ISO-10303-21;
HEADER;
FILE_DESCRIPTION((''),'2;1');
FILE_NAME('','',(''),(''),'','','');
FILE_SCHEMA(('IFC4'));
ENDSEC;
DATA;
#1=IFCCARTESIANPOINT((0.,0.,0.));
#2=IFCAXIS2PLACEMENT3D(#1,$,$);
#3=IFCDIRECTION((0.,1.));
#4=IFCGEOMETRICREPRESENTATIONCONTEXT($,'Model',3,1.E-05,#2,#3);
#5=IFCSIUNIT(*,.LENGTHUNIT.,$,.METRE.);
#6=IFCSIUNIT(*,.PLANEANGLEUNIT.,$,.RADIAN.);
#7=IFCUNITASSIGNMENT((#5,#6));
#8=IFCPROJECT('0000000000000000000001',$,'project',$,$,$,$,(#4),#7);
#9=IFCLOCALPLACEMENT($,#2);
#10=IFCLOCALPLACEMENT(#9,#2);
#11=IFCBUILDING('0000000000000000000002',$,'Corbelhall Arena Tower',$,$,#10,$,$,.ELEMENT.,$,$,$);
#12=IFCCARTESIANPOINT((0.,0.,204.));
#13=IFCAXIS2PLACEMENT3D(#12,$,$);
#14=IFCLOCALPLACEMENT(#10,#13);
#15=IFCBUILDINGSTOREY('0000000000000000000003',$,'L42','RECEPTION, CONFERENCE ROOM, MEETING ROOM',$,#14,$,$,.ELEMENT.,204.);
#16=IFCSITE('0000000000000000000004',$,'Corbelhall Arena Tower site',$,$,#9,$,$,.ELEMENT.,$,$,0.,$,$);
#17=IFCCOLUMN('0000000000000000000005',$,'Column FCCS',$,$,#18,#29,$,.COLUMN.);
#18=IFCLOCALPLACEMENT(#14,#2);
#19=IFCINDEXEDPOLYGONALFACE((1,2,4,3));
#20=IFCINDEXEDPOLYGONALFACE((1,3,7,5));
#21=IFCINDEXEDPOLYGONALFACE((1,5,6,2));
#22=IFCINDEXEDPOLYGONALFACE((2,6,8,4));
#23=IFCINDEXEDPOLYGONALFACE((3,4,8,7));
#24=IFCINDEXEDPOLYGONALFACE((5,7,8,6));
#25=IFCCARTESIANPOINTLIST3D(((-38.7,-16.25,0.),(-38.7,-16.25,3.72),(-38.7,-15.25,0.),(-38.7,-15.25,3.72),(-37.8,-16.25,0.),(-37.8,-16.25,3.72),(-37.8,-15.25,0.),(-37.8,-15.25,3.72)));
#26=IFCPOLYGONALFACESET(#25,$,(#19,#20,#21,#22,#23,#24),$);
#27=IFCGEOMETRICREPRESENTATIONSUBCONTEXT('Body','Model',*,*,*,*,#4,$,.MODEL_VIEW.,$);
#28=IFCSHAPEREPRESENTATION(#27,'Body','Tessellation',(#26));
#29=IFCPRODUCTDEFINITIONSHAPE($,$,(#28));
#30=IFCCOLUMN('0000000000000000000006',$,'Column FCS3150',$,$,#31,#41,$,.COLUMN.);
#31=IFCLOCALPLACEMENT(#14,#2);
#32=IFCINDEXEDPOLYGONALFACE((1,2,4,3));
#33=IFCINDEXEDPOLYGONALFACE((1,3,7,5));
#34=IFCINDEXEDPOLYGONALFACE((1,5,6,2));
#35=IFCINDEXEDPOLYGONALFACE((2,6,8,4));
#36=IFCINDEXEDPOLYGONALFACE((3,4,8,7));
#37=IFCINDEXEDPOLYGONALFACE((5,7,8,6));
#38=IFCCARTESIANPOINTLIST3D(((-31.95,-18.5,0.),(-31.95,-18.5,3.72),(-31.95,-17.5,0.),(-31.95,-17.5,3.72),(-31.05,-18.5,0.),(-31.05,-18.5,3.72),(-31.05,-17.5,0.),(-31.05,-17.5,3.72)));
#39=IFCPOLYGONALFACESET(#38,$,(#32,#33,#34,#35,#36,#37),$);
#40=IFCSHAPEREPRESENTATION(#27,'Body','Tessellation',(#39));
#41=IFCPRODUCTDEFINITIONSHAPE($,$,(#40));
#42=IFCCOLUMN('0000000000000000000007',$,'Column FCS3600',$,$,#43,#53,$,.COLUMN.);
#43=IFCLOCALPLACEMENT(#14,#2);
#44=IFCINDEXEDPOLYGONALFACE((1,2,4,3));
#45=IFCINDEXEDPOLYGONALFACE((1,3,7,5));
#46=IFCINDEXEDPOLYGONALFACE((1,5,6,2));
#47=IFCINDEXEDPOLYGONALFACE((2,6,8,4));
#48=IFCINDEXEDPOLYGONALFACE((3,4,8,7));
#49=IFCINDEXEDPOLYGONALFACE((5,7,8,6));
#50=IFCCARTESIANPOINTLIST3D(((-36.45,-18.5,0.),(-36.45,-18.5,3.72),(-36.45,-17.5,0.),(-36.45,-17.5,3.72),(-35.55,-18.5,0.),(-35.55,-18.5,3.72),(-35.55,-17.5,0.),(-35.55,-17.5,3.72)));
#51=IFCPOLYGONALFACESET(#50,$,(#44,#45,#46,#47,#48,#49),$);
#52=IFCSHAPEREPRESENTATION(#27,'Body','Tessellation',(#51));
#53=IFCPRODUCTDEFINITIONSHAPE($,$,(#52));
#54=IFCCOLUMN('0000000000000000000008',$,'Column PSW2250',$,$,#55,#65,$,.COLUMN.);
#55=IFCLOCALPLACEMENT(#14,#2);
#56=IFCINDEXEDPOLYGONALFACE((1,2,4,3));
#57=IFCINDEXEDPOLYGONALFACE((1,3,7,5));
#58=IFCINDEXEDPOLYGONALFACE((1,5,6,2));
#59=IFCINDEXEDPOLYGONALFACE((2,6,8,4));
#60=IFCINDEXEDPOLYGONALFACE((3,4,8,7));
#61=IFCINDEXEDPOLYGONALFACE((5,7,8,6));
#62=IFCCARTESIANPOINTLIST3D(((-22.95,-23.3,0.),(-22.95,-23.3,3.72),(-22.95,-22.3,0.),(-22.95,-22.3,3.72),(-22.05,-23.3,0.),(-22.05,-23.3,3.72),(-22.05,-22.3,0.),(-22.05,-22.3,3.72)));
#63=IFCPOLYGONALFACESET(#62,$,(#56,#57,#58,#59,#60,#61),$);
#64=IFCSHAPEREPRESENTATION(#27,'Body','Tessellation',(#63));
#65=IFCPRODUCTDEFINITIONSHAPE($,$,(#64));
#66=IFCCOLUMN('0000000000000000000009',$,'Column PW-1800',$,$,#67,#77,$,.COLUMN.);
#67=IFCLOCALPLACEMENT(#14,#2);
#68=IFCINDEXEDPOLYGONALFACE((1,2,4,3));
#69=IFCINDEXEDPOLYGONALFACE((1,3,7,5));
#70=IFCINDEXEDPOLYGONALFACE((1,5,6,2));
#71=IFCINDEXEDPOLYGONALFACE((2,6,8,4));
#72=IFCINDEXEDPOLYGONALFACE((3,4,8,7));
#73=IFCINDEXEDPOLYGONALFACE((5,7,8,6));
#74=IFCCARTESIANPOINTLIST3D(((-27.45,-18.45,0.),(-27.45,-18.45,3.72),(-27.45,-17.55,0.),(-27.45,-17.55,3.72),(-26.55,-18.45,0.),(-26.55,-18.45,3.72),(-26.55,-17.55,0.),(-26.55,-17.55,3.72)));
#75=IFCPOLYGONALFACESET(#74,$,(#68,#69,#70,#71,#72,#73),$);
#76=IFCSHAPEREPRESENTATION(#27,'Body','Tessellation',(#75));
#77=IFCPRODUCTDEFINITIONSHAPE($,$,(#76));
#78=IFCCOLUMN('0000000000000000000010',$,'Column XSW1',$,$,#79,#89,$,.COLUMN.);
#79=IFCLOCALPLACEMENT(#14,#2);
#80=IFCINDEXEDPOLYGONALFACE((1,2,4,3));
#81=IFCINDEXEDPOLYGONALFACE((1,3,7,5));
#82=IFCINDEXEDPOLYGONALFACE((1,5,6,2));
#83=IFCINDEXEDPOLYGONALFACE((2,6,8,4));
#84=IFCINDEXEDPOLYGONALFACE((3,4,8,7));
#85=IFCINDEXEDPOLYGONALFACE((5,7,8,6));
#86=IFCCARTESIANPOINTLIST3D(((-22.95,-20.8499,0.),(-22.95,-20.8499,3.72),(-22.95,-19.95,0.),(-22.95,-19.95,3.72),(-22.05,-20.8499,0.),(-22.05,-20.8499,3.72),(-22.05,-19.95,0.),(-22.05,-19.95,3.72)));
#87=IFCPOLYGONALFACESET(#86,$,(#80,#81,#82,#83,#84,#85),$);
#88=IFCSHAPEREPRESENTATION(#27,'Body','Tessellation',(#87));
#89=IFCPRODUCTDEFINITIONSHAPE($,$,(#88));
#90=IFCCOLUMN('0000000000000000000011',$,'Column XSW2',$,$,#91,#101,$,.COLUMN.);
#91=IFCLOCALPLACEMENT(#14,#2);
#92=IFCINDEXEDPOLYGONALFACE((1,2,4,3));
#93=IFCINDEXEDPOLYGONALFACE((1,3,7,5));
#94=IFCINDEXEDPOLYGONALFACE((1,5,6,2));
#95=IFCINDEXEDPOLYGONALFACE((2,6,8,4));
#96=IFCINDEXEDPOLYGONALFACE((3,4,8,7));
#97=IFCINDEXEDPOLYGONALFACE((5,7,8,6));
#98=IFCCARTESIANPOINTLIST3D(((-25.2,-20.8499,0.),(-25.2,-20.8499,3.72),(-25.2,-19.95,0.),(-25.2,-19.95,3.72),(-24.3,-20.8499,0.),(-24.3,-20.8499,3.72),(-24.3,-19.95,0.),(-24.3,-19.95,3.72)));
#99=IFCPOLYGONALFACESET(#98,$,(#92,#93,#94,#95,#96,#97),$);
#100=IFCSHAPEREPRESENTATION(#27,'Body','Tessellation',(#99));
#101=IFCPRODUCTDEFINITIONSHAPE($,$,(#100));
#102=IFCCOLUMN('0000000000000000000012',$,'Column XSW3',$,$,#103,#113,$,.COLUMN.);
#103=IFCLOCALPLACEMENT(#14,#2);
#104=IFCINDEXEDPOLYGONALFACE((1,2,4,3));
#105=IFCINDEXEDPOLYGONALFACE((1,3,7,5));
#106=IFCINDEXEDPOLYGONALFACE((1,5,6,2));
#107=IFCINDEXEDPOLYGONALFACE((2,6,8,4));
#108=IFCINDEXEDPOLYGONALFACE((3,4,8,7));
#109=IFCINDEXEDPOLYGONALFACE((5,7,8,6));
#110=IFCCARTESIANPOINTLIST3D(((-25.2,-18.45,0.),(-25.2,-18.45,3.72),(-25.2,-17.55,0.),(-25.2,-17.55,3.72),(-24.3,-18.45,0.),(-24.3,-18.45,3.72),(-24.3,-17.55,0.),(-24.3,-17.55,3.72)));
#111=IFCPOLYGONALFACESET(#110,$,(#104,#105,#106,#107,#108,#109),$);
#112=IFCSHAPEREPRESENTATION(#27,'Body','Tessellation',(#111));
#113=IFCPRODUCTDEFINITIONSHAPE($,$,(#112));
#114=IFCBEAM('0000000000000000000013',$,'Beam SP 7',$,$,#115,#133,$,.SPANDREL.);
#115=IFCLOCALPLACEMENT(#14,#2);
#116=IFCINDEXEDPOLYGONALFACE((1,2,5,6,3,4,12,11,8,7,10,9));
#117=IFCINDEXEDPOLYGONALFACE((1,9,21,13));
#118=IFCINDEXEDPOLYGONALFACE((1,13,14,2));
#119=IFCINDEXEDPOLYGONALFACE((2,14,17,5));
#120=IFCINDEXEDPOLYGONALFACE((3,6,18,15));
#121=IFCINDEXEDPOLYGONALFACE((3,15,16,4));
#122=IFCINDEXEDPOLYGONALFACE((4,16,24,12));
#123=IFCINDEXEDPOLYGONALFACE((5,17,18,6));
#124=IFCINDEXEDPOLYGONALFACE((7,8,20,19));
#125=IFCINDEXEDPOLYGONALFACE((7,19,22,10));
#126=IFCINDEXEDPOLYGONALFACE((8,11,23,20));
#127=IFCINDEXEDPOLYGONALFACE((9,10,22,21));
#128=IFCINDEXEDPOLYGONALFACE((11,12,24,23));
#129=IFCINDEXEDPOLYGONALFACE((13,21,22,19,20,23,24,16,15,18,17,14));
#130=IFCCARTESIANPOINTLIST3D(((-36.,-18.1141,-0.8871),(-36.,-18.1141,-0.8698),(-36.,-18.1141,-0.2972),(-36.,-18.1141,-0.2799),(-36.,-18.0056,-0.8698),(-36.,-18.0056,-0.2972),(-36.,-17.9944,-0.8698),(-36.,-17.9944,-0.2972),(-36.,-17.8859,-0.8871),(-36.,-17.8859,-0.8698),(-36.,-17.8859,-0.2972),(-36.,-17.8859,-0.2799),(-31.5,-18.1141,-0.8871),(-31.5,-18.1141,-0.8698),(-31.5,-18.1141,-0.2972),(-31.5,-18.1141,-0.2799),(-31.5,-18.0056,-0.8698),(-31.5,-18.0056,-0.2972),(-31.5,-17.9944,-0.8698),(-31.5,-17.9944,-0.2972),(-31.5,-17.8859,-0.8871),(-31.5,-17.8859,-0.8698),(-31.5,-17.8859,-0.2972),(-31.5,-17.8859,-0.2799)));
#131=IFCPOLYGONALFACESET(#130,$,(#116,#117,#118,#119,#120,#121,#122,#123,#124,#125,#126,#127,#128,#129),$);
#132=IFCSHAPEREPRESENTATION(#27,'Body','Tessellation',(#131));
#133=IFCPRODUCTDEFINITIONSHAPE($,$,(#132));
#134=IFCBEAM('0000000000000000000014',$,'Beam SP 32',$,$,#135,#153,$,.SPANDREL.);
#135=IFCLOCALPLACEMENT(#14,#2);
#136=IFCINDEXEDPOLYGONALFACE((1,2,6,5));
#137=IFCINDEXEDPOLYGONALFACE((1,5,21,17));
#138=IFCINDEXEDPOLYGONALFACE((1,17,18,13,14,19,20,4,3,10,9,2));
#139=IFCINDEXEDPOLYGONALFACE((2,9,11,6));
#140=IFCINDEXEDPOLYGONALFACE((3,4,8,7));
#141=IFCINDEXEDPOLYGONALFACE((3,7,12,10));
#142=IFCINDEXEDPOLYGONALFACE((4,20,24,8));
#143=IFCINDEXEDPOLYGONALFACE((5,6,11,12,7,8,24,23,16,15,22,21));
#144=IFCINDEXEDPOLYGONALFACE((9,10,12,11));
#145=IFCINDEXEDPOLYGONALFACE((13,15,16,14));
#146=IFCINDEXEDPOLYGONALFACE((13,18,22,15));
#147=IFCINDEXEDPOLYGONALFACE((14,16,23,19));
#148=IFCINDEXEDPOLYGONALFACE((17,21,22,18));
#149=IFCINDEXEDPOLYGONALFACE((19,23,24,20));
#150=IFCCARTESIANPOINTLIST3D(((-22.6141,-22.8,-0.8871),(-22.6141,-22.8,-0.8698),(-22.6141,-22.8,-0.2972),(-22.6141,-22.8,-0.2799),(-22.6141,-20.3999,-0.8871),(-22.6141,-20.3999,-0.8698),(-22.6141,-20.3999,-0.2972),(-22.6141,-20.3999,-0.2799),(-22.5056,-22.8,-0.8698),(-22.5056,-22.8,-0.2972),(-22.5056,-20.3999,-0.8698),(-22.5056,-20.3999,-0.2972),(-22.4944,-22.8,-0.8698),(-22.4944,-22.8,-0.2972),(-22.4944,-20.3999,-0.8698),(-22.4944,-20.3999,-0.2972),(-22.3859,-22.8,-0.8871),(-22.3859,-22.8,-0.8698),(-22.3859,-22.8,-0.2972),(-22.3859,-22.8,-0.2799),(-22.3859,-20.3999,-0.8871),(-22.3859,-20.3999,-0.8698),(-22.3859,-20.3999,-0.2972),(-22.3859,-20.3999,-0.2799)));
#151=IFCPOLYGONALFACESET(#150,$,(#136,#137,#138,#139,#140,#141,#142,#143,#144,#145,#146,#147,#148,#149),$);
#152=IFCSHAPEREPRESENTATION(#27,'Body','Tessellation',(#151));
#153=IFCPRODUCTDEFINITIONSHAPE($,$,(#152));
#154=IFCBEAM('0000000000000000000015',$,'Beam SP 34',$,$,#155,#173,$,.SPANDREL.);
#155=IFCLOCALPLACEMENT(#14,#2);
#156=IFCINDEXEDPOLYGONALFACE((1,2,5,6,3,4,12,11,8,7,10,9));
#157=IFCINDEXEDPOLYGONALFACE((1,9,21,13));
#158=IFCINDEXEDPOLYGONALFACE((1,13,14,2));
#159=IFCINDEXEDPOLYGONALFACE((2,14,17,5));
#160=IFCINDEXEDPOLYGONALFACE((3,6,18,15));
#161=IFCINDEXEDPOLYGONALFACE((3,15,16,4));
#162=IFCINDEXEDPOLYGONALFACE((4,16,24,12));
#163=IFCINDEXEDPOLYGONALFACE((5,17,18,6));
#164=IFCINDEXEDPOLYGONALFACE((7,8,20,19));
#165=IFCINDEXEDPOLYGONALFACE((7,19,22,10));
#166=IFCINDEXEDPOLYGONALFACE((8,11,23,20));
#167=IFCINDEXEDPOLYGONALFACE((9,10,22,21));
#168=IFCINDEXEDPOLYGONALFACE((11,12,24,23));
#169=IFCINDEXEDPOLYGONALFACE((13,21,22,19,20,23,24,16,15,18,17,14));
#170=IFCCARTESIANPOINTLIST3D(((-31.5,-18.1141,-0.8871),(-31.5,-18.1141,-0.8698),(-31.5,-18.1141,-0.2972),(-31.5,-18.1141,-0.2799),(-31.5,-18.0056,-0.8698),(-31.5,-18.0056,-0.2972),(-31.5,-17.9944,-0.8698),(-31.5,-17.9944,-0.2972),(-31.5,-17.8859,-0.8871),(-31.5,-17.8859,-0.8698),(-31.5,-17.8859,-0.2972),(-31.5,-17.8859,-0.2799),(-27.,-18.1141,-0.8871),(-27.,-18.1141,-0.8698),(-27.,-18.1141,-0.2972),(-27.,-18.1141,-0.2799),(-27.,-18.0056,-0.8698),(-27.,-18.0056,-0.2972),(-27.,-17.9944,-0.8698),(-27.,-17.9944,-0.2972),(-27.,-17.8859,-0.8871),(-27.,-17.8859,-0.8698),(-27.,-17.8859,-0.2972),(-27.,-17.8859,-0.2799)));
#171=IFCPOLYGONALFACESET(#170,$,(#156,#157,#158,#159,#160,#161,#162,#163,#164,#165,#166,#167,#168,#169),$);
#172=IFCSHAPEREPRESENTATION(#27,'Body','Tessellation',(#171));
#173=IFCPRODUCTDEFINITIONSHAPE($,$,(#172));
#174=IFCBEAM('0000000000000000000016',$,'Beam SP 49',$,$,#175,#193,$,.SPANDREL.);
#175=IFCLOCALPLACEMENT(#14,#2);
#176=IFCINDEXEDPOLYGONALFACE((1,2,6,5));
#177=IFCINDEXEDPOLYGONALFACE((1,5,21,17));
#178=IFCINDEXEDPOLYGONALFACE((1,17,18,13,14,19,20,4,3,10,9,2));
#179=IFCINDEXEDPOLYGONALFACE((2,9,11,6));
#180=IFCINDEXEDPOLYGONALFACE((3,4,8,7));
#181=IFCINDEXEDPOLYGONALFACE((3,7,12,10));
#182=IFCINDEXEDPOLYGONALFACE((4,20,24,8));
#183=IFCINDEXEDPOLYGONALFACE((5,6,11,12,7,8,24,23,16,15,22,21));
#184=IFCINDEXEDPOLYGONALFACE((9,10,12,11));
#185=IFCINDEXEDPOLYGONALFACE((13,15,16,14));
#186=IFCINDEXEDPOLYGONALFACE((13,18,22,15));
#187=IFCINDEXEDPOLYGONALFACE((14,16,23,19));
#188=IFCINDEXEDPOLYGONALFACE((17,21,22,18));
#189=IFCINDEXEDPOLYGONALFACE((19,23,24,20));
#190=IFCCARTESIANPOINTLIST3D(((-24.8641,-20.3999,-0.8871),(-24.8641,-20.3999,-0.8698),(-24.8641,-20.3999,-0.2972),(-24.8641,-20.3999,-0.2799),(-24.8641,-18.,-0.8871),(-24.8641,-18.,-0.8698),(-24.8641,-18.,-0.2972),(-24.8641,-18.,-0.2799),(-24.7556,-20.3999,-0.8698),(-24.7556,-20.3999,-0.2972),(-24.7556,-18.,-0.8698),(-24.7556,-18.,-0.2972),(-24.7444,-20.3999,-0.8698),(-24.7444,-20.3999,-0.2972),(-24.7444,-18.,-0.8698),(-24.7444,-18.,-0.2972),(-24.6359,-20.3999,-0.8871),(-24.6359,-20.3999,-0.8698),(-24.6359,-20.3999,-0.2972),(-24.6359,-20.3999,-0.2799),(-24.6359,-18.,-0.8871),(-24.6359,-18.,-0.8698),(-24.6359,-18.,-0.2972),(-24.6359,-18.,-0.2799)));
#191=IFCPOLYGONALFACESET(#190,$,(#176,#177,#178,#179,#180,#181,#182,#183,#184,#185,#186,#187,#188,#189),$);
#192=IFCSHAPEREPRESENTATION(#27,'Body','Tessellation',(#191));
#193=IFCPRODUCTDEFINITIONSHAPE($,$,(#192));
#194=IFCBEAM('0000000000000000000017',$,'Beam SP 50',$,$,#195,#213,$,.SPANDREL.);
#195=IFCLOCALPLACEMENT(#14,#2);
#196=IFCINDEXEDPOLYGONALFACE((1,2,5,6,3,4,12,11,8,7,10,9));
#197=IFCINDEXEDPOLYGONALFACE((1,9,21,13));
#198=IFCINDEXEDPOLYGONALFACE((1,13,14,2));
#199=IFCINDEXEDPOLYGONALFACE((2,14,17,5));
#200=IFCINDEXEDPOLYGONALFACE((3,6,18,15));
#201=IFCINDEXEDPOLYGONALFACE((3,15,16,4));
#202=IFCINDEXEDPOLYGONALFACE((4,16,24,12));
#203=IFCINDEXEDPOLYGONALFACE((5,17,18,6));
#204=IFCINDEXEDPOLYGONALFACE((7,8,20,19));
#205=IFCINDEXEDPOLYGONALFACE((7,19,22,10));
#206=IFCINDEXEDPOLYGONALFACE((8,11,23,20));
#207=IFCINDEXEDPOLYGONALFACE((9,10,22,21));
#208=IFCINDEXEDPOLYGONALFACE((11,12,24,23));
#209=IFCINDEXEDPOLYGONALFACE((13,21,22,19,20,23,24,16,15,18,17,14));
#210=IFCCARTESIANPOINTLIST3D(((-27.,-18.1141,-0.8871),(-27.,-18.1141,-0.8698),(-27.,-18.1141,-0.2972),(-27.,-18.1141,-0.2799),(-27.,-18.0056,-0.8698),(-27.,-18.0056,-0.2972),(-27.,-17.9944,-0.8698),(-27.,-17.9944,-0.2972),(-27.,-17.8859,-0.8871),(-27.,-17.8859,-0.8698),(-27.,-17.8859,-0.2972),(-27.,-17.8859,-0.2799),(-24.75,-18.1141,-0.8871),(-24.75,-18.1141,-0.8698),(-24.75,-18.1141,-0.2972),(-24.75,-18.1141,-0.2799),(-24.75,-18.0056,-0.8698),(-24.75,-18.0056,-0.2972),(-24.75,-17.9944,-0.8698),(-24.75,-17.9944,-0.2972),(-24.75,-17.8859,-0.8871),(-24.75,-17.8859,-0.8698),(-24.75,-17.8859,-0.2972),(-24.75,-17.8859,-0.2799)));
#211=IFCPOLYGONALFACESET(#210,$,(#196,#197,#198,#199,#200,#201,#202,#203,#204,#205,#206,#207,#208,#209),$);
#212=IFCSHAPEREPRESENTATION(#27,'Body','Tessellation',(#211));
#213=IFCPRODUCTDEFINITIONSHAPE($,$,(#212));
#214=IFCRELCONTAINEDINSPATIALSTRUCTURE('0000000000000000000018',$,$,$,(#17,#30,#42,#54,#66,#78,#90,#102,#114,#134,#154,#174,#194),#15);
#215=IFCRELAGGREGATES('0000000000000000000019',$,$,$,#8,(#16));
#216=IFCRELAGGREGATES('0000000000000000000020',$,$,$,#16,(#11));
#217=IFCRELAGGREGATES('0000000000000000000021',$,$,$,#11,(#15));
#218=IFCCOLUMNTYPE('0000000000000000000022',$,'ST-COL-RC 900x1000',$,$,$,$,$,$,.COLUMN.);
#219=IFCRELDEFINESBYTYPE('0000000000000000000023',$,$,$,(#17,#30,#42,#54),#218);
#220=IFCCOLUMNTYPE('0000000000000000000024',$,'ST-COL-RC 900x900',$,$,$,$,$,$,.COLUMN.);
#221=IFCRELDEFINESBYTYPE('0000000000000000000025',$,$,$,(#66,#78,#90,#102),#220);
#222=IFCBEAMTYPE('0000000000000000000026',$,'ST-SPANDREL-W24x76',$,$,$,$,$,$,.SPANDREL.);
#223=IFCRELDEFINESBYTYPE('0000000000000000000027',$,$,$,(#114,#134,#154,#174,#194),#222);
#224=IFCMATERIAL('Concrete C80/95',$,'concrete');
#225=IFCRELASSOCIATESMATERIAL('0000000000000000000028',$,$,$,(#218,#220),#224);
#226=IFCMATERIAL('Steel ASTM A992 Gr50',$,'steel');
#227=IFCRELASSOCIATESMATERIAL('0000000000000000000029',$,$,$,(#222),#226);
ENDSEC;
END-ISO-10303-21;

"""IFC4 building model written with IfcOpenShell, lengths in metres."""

from ifc_helpers import new_model, si_unit, direction, frame, origin, origin_2d, place, context, subcontext, project, spatial, rectangle, i_section, extrude, material, material_profile, profile_set, type_object, element, save


model = new_model("IFC4")

# Units and contexts
model_context = context("Model", 3, precision=1e-05, world=origin(), true_north=direction((0.0, 1.0)))
body_context = subcontext(model_context, "Body", "Model", "MODEL_VIEW")
ifc_project = project(units=[si_unit("LENGTHUNIT", "METRE"), si_unit("PLANEANGLEUNIT", "RADIAN")], contexts=[model_context])

# Site, building, storey
site_placement = place(None, origin())
site = spatial("IfcSite", under=ifc_project, at=site_placement, Name="Corbelhall Arena Tower site", CompositionType="ELEMENT", RefElevation=0.0)
building_placement = place(site_placement, origin())
building = spatial("IfcBuilding", under=site, at=building_placement, Name="Corbelhall Arena Tower", CompositionType="ELEMENT")
storey_placement = place(building_placement, frame((0.0, 0.0, 204.0)))
storey = spatial("IfcBuildingStorey", under=building, at=storey_placement, Name="L42", Description="RECEPTION, CONFERENCE ROOM, MEETING ROOM", CompositionType="ELEMENT", Elevation=204.0)

# Columns
ifc_material_1 = material(Name="Concrete C80/95", Category="concrete")
ifc_material_profile_1 = material_profile(ifc_material_1, rectangle(XDim=0.8999, YDim=1.0, at=origin_2d()))
ifc_profile_set_1 = profile_set([ifc_material_profile_1], Name="Concrete C80/95")
column_type_1 = type_object("IfcColumnType", Name="ST-COL-RC 900x1000", PredefinedType="COLUMN", material=ifc_profile_set_1)
for number, where, z_axis, x_axis, name in (
    (1, (-38.25, -15.75, 0.0), (0.0, 0.0, 1.0), (1.0, 0.0, 0.0), "Column FCCS"),
    (2, (-31.5, -18.0, 0.0), (0.0, 0.0, 1.0), (1.0, 0.0, 0.0), "Column FCS3150"),
    (3, (-36.0, -18.0, 0.0), (0.0, 0.0, 1.0), (1.0, 0.0, 0.0), "Column FCS3600"),
    (4, (-22.5, -22.8, 0.0), (0.0, 0.0, 1.0), (1.0, 0.0, 0.0), "Column PSW2250"),
):
    element("IfcColumn", number, at=place(storey_placement, frame(where, z_axis=z_axis, x_axis=x_axis)), inside=storey, type_object=column_type_1, Name=name, PredefinedType="COLUMN", context=body_context, shape_type="SweptSolid", body=[
        extrude(rectangle(XDim=0.8999, YDim=1.0, at=origin_2d()), origin(), (0.0, 0.0, 1.0), 3.72),
    ])
ifc_material_profile_2 = material_profile(ifc_material_1, rectangle(XDim=0.8999, YDim=0.8999, at=origin_2d()))
ifc_profile_set_2 = profile_set([ifc_material_profile_2], Name="Concrete C80/95")
column_type_2 = type_object("IfcColumnType", Name="ST-COL-RC 900x900", PredefinedType="COLUMN", material=ifc_profile_set_2)
for number, where, z_axis, x_axis, name in (
    (5, (-27.0, -18.0, 0.0), (0.0, 0.0, 1.0), (1.0, 0.0, 0.0), "Column PW-1800"),
    (6, (-22.5, -20.3999, 0.0), (0.0, 0.0, 1.0), (1.0, 0.0, 0.0), "Column XSW1"),
    (7, (-24.75, -20.3999, 0.0), (0.0, 0.0, 1.0), (1.0, 0.0, 0.0), "Column XSW2"),
    (8, (-24.75, -18.0, 0.0), (0.0, 0.0, 1.0), (1.0, 0.0, 0.0), "Column XSW3"),
):
    element("IfcColumn", number, at=place(storey_placement, frame(where, z_axis=z_axis, x_axis=x_axis)), inside=storey, type_object=column_type_2, Name=name, PredefinedType="COLUMN", context=body_context, shape_type="SweptSolid", body=[
        extrude(rectangle(XDim=0.8999, YDim=0.8999, at=origin_2d()), origin(), (0.0, 0.0, 1.0), 3.72),
    ])

# Beams
ifc_material_2 = material(Name="Steel ASTM A992 Gr50", Category="steel")
ifc_material_profile_3 = material_profile(ifc_material_2, i_section(OverallWidth=0.2283, OverallDepth=0.6072, WebThickness=0.0112, FlangeThickness=0.0173, at=origin_2d()))
ifc_profile_set_3 = profile_set([ifc_material_profile_3], Name="Steel ASTM A992 Gr50")
beam_type = type_object("IfcBeamType", Name="ST-SPANDREL-W24x76", PredefinedType="SPANDREL", material=ifc_profile_set_3)
beam_1_placement = place(storey_placement, frame((-31.5, -18.0, -0.5835), z_axis=(-1.0, 0.0, 0.0), x_axis=(0.0, -1.0, 0.0)))
element("IfcBeam", 9, at=beam_1_placement, inside=storey, type_object=beam_type, Name="Beam SP 7", PredefinedType="SPANDREL", context=body_context, shape_type="SweptSolid", body=[
    extrude(i_section(OverallWidth=0.2283, OverallDepth=0.6072, WebThickness=0.0112, FlangeThickness=0.0173, at=origin_2d()), origin(), (0.0, 0.0, 1.0), 4.5),
])
beam_2_placement = place(storey_placement, frame((-22.5, -22.8, -0.5835), z_axis=(0.0, 1.0, 0.0), x_axis=(-1.0, 0.0, 0.0)))
element("IfcBeam", 10, at=beam_2_placement, inside=storey, type_object=beam_type, Name="Beam SP 32", PredefinedType="SPANDREL", context=body_context, shape_type="SweptSolid", body=[
    extrude(i_section(OverallWidth=0.2283, OverallDepth=0.6072, WebThickness=0.0112, FlangeThickness=0.0173, at=origin_2d()), origin(), (0.0, 0.0, 1.0), 2.4001),
])
beam_3_placement = place(storey_placement, frame((-27.0, -18.0, -0.5835), z_axis=(-1.0, 0.0, 0.0), x_axis=(0.0, -1.0, 0.0)))
element("IfcBeam", 11, at=beam_3_placement, inside=storey, type_object=beam_type, Name="Beam SP 34", PredefinedType="SPANDREL", context=body_context, shape_type="SweptSolid", body=[
    extrude(i_section(OverallWidth=0.2283, OverallDepth=0.6072, WebThickness=0.0112, FlangeThickness=0.0173, at=origin_2d()), origin(), (0.0, 0.0, 1.0), 4.5),
])
beam_4_placement = place(storey_placement, frame((-24.75, -20.3999, -0.5835), z_axis=(0.0, 1.0, 0.0), x_axis=(-1.0, 0.0, 0.0)))
element("IfcBeam", 12, at=beam_4_placement, inside=storey, type_object=beam_type, Name="Beam SP 49", PredefinedType="SPANDREL", context=body_context, shape_type="SweptSolid", body=[
    extrude(i_section(OverallWidth=0.2283, OverallDepth=0.6072, WebThickness=0.0112, FlangeThickness=0.0173, at=origin_2d()), origin(), (0.0, 0.0, 1.0), 2.3999),
])
beam_5_placement = place(storey_placement, frame((-24.75, -18.0, -0.5835), z_axis=(-1.0, 0.0, 0.0), x_axis=(0.0, -1.0, 0.0)))
element("IfcBeam", 13, at=beam_5_placement, inside=storey, type_object=beam_type, Name="Beam SP 50", PredefinedType="SPANDREL", context=body_context, shape_type="SweptSolid", body=[
    extrude(i_section(OverallWidth=0.2283, OverallDepth=0.6072, WebThickness=0.0112, FlangeThickness=0.0173, at=origin_2d()), origin(), (0.0, 0.0, 1.0), 2.25),
])

save(model, "model.ifc")
